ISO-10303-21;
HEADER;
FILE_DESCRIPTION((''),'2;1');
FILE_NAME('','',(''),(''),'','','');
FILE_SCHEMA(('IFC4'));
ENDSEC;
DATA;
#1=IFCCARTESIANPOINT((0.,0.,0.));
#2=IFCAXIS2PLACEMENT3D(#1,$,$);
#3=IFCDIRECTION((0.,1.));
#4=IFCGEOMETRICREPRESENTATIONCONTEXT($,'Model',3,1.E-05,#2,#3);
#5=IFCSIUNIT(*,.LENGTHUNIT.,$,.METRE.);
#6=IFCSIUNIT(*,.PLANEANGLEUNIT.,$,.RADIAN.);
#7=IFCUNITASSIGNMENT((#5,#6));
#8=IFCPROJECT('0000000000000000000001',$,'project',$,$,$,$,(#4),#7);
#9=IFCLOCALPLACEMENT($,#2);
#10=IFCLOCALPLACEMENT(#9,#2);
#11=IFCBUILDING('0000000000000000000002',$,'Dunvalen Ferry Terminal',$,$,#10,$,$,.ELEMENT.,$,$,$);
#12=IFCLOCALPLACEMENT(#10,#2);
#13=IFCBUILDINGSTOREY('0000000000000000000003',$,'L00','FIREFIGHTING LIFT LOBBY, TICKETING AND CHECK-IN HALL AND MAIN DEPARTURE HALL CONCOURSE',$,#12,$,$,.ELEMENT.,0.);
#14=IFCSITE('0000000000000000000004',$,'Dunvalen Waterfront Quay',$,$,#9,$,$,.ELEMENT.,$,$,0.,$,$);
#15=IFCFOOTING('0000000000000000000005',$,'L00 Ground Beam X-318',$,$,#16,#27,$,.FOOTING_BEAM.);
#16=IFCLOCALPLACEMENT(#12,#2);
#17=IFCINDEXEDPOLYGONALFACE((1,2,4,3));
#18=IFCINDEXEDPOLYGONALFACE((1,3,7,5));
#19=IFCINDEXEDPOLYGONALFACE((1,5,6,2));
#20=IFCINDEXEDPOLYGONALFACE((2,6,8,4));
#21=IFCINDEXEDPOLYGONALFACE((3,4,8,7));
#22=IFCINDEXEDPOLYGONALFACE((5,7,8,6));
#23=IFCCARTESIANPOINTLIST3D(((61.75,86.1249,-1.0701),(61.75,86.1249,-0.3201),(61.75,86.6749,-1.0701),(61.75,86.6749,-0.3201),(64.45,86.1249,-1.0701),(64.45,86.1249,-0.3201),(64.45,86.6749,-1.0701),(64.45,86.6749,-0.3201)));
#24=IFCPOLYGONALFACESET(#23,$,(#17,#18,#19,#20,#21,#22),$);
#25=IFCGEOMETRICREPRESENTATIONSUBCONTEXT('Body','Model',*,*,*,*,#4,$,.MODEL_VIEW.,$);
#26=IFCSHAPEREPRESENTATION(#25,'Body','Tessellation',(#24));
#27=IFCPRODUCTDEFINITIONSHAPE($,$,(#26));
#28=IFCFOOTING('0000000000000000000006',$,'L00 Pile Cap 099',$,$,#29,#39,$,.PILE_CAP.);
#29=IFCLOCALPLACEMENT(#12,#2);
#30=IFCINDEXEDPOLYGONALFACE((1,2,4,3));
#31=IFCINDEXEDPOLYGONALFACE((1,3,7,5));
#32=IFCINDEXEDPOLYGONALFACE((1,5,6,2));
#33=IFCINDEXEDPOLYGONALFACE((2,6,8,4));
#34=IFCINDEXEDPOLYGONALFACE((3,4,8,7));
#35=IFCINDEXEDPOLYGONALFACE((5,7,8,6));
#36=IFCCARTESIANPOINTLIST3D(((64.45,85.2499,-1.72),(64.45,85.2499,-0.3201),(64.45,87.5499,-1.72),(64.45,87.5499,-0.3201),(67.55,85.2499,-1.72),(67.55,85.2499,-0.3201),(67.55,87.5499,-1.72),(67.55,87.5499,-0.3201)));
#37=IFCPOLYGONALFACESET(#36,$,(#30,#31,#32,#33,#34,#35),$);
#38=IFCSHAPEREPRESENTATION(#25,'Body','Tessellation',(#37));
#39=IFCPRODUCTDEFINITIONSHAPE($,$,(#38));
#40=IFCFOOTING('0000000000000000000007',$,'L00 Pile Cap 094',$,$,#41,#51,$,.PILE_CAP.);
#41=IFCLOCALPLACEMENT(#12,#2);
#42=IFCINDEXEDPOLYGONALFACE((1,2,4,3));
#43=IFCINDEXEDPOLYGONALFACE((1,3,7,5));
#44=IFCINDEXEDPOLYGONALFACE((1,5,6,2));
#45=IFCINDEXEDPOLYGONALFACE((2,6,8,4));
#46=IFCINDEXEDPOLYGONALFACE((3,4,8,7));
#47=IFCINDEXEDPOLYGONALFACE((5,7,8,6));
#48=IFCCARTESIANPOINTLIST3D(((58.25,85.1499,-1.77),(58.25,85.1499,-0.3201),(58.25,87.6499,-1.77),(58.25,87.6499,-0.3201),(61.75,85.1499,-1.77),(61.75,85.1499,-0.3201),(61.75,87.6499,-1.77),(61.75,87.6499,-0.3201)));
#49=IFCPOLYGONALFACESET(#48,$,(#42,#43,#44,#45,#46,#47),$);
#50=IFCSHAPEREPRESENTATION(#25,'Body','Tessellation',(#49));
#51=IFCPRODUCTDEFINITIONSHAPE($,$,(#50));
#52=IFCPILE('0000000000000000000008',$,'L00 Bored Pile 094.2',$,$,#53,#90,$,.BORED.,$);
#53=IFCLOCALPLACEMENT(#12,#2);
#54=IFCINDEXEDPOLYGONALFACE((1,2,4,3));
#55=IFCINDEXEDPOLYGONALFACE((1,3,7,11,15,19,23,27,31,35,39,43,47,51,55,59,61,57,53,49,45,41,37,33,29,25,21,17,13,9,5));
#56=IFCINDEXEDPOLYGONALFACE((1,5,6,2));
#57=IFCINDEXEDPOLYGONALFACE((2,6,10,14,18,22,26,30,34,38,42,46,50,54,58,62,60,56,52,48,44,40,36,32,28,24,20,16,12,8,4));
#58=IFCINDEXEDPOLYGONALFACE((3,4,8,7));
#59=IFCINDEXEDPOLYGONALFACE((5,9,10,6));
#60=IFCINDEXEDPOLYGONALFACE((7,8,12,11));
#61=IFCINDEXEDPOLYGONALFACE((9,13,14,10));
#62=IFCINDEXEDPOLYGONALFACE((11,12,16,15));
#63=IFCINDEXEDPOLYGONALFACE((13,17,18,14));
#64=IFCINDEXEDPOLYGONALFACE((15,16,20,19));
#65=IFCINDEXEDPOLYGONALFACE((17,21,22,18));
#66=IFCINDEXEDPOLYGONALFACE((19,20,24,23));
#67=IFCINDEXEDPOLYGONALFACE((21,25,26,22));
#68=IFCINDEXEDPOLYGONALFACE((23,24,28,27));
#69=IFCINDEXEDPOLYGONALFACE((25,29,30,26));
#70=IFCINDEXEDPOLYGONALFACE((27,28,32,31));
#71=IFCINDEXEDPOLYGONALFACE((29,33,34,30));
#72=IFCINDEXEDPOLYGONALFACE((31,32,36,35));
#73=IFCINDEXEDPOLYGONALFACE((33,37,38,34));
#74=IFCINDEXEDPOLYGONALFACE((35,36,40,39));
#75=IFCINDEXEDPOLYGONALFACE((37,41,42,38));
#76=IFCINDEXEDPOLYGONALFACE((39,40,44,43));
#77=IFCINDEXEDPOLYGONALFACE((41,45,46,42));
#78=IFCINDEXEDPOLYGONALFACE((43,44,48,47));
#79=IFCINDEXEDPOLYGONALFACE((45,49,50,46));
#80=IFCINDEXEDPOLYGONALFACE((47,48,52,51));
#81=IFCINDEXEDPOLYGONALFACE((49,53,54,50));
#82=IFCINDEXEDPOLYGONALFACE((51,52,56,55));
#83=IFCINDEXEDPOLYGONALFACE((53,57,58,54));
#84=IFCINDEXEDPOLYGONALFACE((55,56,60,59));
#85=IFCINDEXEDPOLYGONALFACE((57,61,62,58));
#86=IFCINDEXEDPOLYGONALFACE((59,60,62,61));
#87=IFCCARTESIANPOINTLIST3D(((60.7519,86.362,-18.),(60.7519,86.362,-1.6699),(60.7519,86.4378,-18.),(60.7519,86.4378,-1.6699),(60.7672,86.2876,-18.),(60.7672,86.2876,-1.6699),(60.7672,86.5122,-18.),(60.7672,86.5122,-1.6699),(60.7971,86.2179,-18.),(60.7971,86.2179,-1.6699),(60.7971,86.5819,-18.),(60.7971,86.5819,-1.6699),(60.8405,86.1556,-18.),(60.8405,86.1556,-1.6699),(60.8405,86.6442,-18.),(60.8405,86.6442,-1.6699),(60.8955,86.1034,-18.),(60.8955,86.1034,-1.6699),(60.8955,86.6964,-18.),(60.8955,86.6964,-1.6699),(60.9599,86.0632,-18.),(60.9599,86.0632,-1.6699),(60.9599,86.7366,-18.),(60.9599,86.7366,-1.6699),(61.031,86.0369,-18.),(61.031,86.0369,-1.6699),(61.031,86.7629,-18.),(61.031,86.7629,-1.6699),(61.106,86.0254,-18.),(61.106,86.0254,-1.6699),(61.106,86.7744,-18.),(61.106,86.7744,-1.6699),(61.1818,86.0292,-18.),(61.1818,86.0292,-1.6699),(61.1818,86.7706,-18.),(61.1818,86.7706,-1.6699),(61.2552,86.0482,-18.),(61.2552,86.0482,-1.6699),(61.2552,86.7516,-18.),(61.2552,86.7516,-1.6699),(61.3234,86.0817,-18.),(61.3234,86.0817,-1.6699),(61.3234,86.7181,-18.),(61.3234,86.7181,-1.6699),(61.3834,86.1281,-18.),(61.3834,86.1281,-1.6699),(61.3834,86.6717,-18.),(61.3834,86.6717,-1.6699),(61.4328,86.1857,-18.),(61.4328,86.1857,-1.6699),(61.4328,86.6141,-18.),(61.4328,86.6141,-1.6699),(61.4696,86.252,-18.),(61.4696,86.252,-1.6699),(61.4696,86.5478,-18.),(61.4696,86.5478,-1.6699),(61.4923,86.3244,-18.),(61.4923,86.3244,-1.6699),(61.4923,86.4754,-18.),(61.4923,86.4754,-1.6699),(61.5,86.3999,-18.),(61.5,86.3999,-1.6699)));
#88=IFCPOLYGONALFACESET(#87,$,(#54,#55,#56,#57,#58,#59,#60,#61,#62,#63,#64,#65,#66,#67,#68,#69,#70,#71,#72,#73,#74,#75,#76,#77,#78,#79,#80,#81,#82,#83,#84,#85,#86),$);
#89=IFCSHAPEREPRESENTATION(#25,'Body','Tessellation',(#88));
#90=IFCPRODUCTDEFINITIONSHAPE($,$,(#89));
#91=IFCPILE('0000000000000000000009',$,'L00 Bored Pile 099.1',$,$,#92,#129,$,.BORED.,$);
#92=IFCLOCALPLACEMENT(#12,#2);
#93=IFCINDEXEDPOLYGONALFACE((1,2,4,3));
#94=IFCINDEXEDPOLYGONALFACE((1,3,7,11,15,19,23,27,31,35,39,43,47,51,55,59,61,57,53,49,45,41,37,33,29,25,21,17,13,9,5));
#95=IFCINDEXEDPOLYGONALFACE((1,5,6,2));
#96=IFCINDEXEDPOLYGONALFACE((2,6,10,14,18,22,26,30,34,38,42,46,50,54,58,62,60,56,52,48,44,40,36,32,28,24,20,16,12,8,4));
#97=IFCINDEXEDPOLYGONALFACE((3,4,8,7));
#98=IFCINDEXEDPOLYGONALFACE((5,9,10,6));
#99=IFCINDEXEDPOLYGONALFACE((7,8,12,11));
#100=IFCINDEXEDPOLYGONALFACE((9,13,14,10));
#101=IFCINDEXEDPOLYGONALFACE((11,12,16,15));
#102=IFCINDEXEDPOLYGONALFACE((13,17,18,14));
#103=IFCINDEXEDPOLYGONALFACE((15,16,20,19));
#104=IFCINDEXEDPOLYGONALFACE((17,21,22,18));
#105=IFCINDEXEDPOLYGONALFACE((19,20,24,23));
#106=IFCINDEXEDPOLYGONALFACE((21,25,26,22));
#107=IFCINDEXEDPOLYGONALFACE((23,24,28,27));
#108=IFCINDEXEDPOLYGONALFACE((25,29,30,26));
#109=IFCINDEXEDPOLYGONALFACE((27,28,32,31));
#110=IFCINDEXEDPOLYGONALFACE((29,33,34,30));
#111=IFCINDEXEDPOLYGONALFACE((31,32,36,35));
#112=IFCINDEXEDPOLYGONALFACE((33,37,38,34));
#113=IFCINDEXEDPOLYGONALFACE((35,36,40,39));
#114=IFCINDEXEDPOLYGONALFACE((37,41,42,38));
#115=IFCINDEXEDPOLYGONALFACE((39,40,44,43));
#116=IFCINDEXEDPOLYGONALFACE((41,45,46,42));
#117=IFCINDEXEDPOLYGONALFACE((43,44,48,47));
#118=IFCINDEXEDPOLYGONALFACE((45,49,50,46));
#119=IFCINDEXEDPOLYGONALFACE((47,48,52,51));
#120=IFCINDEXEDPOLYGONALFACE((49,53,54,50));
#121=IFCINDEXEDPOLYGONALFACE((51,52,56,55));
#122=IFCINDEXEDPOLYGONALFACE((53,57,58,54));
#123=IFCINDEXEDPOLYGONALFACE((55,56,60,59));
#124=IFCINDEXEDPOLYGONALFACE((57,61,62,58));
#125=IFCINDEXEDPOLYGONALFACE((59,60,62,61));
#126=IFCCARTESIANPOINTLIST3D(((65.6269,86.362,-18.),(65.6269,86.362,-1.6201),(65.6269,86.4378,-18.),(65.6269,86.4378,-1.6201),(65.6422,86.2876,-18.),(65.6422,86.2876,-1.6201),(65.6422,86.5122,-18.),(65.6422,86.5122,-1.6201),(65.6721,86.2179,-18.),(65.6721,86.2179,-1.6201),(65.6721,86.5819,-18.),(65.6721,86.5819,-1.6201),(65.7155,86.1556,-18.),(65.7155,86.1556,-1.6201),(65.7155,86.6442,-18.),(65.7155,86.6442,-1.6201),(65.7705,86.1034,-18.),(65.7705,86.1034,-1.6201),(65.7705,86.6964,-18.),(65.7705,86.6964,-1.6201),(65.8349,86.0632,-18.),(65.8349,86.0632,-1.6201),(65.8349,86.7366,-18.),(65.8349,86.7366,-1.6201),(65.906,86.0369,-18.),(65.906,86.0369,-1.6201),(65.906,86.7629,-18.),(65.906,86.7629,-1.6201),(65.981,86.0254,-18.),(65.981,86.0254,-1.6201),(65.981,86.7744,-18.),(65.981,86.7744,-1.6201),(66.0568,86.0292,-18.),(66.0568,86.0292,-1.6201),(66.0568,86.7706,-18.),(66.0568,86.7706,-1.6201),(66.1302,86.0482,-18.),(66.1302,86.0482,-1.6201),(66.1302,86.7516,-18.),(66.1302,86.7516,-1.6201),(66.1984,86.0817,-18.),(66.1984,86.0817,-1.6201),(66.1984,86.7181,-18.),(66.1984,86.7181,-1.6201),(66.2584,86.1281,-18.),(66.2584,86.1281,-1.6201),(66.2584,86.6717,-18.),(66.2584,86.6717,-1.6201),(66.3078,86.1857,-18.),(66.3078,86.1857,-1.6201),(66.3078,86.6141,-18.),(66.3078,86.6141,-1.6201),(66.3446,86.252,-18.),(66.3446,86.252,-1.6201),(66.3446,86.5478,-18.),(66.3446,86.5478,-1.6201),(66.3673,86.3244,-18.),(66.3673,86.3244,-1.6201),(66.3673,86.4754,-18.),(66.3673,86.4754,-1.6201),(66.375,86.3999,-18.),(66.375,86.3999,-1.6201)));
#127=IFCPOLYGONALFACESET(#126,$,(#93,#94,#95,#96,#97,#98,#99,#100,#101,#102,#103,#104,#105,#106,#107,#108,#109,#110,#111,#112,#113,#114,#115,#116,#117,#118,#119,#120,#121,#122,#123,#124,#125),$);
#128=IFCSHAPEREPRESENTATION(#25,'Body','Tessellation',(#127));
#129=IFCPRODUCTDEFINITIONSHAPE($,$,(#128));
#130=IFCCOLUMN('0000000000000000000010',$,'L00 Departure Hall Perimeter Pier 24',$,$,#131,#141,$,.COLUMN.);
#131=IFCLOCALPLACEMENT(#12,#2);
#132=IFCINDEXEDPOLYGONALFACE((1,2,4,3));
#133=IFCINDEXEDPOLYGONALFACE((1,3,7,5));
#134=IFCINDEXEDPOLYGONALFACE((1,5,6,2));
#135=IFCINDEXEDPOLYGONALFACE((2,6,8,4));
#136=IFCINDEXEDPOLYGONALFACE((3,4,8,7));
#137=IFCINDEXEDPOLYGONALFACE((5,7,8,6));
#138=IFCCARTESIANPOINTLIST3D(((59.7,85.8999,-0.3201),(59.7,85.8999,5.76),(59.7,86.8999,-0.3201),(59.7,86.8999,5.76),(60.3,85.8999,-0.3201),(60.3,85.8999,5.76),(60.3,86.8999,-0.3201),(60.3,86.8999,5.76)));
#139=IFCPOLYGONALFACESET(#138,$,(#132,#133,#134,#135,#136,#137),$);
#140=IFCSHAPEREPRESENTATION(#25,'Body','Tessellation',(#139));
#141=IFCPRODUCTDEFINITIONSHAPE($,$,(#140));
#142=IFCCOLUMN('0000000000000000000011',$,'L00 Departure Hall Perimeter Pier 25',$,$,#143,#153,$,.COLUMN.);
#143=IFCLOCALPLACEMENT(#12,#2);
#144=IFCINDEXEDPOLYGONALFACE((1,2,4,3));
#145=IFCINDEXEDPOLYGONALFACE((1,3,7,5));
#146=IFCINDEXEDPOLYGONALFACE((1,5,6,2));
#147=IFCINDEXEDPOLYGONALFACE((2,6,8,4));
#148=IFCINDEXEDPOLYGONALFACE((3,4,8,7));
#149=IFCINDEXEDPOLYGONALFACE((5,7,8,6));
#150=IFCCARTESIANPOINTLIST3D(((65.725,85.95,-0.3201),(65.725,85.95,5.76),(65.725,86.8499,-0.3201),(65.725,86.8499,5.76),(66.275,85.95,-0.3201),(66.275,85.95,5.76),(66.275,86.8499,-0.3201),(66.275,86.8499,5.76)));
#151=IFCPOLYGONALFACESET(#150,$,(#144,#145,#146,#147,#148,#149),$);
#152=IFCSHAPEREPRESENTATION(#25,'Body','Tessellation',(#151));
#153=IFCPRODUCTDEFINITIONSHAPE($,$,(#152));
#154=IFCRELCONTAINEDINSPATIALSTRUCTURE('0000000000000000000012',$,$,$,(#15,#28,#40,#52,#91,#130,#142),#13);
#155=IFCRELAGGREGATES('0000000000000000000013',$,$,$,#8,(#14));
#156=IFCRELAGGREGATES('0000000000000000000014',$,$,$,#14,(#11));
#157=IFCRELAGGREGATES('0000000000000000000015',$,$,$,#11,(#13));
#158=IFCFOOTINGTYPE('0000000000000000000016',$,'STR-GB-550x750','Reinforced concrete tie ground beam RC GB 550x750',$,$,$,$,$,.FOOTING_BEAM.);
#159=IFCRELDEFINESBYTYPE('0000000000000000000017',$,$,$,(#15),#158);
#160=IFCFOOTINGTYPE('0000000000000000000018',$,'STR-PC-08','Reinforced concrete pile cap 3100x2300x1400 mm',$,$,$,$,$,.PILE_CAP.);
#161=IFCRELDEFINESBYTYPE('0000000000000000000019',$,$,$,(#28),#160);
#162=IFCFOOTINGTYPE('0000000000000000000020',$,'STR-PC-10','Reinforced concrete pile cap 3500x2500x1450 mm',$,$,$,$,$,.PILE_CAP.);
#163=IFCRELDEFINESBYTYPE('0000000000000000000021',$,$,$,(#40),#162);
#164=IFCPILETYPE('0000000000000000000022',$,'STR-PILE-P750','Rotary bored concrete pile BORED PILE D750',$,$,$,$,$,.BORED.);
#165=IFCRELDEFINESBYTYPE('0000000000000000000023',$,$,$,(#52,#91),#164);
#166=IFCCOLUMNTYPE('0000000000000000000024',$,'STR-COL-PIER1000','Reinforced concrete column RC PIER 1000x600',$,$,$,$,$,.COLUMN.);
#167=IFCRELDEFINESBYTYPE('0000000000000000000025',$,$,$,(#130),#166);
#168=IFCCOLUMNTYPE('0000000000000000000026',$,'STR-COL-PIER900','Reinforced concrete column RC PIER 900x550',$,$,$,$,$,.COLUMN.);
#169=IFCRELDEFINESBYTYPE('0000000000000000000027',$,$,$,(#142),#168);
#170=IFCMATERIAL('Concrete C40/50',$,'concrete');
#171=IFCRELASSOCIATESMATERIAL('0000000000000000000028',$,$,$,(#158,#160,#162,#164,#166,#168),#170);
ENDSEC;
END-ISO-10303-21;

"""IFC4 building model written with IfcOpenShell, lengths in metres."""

from ifc_helpers import new_model, si_unit, direction, frame, origin, origin_2d, place, context, subcontext, project, spatial, rectangle, circle, extrude, material, material_profile, profile_set, type_object, element, save


model = new_model("IFC4")

# Units and contexts
model_context = context("Model", 3, precision=1e-05, world=origin(), true_north=direction((0.0, 1.0)))
body_context = subcontext(model_context, "Body", "Model", "MODEL_VIEW")
ifc_project = project(units=[si_unit("LENGTHUNIT", "METRE"), si_unit("PLANEANGLEUNIT", "RADIAN")], contexts=[model_context])

# Site, building, storey
site_placement = place(None, origin())
site = spatial("IfcSite", under=ifc_project, at=site_placement, Name="Dunvalen Waterfront Quay", CompositionType="ELEMENT", RefElevation=0.0)
building_placement = place(site_placement, origin())
building = spatial("IfcBuilding", under=site, at=building_placement, Name="Dunvalen Ferry Terminal", CompositionType="ELEMENT")
storey_placement = place(building_placement, origin())
storey = spatial("IfcBuildingStorey", under=building, at=storey_placement, Name="L00", Description="FIREFIGHTING LIFT LOBBY, TICKETING AND CHECK-IN HALL AND MAIN DEPARTURE HALL CONCOURSE", CompositionType="ELEMENT", Elevation=0.0)

# Footings
ifc_material_1 = material(Name="Concrete C40/50", Category="concrete")
ifc_material_profile_1 = material_profile(ifc_material_1, rectangle(XDim=0.55, YDim=0.75, at=origin_2d()), Name="Concrete C40/50")
ifc_profile_set_1 = profile_set([ifc_material_profile_1], Name="Concrete C40/50")
footing_type_1 = type_object("IfcFootingType", Name="STR-GB-550x750", Description="Reinforced concrete tie ground beam RC GB 550x750", PredefinedType="FOOTING_BEAM", material=ifc_profile_set_1)
footing_1_placement = place(storey_placement, frame((61.75, 86.3999, -0.6951), z_axis=(1.0, 0.0, 0.0), x_axis=(0.0, 1.0, 0.0)))
element("IfcFooting", 1, at=footing_1_placement, inside=storey, type_object=footing_type_1, Name="L00 Ground Beam X-318", PredefinedType="FOOTING_BEAM", context=body_context, shape_type="SweptSolid", body=[
    extrude(rectangle(XDim=0.55, YDim=0.75, at=origin_2d()), origin(), (0.0, 0.0, 1.0), 2.7),
])
footing_type_2 = type_object("IfcFootingType", Name="STR-PC-08", Description="Reinforced concrete pile cap 3100x2300x1400 mm", PredefinedType="PILE_CAP", material=ifc_material_1)
footing_2_placement = place(storey_placement, frame((66.0, 86.3999, -1.72), z_axis=(0.0, 0.0, 1.0), x_axis=(1.0, 0.0, 0.0)))
element("IfcFooting", 2, at=footing_2_placement, inside=storey, type_object=footing_type_2, Name="L00 Pile Cap 099", PredefinedType="PILE_CAP", context=body_context, shape_type="SweptSolid", body=[
    extrude(rectangle(XDim=3.1001, YDim=2.3, at=origin_2d()), origin(), (0.0, 0.0, 1.0), 1.3999),
])
footing_type_3 = type_object("IfcFootingType", Name="STR-PC-10", Description="Reinforced concrete pile cap 3500x2500x1450 mm", PredefinedType="PILE_CAP", material=ifc_material_1)
footing_3_placement = place(storey_placement, frame((60.0, 86.3999, -1.77), z_axis=(0.0, 0.0, 1.0), x_axis=(1.0, 0.0, 0.0)))
element("IfcFooting", 3, at=footing_3_placement, inside=storey, type_object=footing_type_3, Name="L00 Pile Cap 094", PredefinedType="PILE_CAP", context=body_context, shape_type="SweptSolid", body=[
    extrude(rectangle(XDim=3.5, YDim=2.5, at=origin_2d()), origin(), (0.0, 0.0, 1.0), 1.45),
])

# Piles
ifc_material_profile_2 = material_profile(ifc_material_1, circle(Radius=0.375, at=origin_2d()), Name="Concrete C40/50")
ifc_profile_set_2 = profile_set([ifc_material_profile_2], Name="Concrete C40/50")
pile_type = type_object("IfcPileType", Name="STR-PILE-P750", Description="Rotary bored concrete pile BORED PILE D750", PredefinedType="BORED", material=ifc_profile_set_2)
pile_1_placement = place(storey_placement, frame((61.125, 86.3999, -1.6699), z_axis=(0.0, 0.0, -1.0), x_axis=(1.0, 0.0, 0.0)))
element("IfcPile", 4, at=pile_1_placement, inside=storey, type_object=pile_type, Name="L00 Bored Pile 094.2", PredefinedType="BORED", context=body_context, shape_type="SweptSolid", body=[
    extrude(circle(Radius=0.375, at=origin_2d()), origin(), (0.0, 0.0, 1.0), 16.3301),
])
pile_2_placement = place(storey_placement, frame((66.0, 86.3999, -1.6201), z_axis=(0.0, 0.0, -1.0), x_axis=(1.0, 0.0, 0.0)))
element("IfcPile", 5, at=pile_2_placement, inside=storey, type_object=pile_type, Name="L00 Bored Pile 099.1", PredefinedType="BORED", context=body_context, shape_type="SweptSolid", body=[
    extrude(circle(Radius=0.375, at=origin_2d()), origin(), (0.0, 0.0, 1.0), 16.3799),
])

# Columns
ifc_material_profile_3 = material_profile(ifc_material_1, rectangle(XDim=0.6001, YDim=1.0, at=origin_2d()), Name="Concrete C40/50")
ifc_profile_set_3 = profile_set([ifc_material_profile_3], Name="Concrete C40/50")
column_type_1 = type_object("IfcColumnType", Name="STR-COL-PIER1000", Description="Reinforced concrete column RC PIER 1000x600", PredefinedType="COLUMN", material=ifc_profile_set_3)
column_1_placement = place(storey_placement, frame((60.0, 86.3999, -0.3201), z_axis=(0.0, 0.0, 1.0), x_axis=(1.0, 0.0, 0.0)))
element("IfcColumn", 6, at=column_1_placement, inside=storey, type_object=column_type_1, Name="L00 Departure Hall Perimeter Pier 24", PredefinedType="COLUMN", context=body_context, shape_type="SweptSolid", body=[
    extrude(rectangle(XDim=0.6001, YDim=1.0, at=origin_2d()), origin(), (0.0, 0.0, 1.0), 6.0801),
])
ifc_material_profile_4 = material_profile(ifc_material_1, rectangle(XDim=0.55, YDim=0.8999, at=origin_2d()), Name="Concrete C40/50")
ifc_profile_set_4 = profile_set([ifc_material_profile_4], Name="Concrete C40/50")
column_type_2 = type_object("IfcColumnType", Name="STR-COL-PIER900", Description="Reinforced concrete column RC PIER 900x550", PredefinedType="COLUMN", material=ifc_profile_set_4)
column_2_placement = place(storey_placement, frame((66.0, 86.3999, -0.3201), z_axis=(0.0, 0.0, 1.0), x_axis=(1.0, 0.0, 0.0)))
element("IfcColumn", 7, at=column_2_placement, inside=storey, type_object=column_type_2, Name="L00 Departure Hall Perimeter Pier 25", PredefinedType="COLUMN", context=body_context, shape_type="SweptSolid", body=[
    extrude(rectangle(XDim=0.55, YDim=0.8999, at=origin_2d()), origin(), (0.0, 0.0, 1.0), 6.0801),
])

save(model, "model.ifc")
